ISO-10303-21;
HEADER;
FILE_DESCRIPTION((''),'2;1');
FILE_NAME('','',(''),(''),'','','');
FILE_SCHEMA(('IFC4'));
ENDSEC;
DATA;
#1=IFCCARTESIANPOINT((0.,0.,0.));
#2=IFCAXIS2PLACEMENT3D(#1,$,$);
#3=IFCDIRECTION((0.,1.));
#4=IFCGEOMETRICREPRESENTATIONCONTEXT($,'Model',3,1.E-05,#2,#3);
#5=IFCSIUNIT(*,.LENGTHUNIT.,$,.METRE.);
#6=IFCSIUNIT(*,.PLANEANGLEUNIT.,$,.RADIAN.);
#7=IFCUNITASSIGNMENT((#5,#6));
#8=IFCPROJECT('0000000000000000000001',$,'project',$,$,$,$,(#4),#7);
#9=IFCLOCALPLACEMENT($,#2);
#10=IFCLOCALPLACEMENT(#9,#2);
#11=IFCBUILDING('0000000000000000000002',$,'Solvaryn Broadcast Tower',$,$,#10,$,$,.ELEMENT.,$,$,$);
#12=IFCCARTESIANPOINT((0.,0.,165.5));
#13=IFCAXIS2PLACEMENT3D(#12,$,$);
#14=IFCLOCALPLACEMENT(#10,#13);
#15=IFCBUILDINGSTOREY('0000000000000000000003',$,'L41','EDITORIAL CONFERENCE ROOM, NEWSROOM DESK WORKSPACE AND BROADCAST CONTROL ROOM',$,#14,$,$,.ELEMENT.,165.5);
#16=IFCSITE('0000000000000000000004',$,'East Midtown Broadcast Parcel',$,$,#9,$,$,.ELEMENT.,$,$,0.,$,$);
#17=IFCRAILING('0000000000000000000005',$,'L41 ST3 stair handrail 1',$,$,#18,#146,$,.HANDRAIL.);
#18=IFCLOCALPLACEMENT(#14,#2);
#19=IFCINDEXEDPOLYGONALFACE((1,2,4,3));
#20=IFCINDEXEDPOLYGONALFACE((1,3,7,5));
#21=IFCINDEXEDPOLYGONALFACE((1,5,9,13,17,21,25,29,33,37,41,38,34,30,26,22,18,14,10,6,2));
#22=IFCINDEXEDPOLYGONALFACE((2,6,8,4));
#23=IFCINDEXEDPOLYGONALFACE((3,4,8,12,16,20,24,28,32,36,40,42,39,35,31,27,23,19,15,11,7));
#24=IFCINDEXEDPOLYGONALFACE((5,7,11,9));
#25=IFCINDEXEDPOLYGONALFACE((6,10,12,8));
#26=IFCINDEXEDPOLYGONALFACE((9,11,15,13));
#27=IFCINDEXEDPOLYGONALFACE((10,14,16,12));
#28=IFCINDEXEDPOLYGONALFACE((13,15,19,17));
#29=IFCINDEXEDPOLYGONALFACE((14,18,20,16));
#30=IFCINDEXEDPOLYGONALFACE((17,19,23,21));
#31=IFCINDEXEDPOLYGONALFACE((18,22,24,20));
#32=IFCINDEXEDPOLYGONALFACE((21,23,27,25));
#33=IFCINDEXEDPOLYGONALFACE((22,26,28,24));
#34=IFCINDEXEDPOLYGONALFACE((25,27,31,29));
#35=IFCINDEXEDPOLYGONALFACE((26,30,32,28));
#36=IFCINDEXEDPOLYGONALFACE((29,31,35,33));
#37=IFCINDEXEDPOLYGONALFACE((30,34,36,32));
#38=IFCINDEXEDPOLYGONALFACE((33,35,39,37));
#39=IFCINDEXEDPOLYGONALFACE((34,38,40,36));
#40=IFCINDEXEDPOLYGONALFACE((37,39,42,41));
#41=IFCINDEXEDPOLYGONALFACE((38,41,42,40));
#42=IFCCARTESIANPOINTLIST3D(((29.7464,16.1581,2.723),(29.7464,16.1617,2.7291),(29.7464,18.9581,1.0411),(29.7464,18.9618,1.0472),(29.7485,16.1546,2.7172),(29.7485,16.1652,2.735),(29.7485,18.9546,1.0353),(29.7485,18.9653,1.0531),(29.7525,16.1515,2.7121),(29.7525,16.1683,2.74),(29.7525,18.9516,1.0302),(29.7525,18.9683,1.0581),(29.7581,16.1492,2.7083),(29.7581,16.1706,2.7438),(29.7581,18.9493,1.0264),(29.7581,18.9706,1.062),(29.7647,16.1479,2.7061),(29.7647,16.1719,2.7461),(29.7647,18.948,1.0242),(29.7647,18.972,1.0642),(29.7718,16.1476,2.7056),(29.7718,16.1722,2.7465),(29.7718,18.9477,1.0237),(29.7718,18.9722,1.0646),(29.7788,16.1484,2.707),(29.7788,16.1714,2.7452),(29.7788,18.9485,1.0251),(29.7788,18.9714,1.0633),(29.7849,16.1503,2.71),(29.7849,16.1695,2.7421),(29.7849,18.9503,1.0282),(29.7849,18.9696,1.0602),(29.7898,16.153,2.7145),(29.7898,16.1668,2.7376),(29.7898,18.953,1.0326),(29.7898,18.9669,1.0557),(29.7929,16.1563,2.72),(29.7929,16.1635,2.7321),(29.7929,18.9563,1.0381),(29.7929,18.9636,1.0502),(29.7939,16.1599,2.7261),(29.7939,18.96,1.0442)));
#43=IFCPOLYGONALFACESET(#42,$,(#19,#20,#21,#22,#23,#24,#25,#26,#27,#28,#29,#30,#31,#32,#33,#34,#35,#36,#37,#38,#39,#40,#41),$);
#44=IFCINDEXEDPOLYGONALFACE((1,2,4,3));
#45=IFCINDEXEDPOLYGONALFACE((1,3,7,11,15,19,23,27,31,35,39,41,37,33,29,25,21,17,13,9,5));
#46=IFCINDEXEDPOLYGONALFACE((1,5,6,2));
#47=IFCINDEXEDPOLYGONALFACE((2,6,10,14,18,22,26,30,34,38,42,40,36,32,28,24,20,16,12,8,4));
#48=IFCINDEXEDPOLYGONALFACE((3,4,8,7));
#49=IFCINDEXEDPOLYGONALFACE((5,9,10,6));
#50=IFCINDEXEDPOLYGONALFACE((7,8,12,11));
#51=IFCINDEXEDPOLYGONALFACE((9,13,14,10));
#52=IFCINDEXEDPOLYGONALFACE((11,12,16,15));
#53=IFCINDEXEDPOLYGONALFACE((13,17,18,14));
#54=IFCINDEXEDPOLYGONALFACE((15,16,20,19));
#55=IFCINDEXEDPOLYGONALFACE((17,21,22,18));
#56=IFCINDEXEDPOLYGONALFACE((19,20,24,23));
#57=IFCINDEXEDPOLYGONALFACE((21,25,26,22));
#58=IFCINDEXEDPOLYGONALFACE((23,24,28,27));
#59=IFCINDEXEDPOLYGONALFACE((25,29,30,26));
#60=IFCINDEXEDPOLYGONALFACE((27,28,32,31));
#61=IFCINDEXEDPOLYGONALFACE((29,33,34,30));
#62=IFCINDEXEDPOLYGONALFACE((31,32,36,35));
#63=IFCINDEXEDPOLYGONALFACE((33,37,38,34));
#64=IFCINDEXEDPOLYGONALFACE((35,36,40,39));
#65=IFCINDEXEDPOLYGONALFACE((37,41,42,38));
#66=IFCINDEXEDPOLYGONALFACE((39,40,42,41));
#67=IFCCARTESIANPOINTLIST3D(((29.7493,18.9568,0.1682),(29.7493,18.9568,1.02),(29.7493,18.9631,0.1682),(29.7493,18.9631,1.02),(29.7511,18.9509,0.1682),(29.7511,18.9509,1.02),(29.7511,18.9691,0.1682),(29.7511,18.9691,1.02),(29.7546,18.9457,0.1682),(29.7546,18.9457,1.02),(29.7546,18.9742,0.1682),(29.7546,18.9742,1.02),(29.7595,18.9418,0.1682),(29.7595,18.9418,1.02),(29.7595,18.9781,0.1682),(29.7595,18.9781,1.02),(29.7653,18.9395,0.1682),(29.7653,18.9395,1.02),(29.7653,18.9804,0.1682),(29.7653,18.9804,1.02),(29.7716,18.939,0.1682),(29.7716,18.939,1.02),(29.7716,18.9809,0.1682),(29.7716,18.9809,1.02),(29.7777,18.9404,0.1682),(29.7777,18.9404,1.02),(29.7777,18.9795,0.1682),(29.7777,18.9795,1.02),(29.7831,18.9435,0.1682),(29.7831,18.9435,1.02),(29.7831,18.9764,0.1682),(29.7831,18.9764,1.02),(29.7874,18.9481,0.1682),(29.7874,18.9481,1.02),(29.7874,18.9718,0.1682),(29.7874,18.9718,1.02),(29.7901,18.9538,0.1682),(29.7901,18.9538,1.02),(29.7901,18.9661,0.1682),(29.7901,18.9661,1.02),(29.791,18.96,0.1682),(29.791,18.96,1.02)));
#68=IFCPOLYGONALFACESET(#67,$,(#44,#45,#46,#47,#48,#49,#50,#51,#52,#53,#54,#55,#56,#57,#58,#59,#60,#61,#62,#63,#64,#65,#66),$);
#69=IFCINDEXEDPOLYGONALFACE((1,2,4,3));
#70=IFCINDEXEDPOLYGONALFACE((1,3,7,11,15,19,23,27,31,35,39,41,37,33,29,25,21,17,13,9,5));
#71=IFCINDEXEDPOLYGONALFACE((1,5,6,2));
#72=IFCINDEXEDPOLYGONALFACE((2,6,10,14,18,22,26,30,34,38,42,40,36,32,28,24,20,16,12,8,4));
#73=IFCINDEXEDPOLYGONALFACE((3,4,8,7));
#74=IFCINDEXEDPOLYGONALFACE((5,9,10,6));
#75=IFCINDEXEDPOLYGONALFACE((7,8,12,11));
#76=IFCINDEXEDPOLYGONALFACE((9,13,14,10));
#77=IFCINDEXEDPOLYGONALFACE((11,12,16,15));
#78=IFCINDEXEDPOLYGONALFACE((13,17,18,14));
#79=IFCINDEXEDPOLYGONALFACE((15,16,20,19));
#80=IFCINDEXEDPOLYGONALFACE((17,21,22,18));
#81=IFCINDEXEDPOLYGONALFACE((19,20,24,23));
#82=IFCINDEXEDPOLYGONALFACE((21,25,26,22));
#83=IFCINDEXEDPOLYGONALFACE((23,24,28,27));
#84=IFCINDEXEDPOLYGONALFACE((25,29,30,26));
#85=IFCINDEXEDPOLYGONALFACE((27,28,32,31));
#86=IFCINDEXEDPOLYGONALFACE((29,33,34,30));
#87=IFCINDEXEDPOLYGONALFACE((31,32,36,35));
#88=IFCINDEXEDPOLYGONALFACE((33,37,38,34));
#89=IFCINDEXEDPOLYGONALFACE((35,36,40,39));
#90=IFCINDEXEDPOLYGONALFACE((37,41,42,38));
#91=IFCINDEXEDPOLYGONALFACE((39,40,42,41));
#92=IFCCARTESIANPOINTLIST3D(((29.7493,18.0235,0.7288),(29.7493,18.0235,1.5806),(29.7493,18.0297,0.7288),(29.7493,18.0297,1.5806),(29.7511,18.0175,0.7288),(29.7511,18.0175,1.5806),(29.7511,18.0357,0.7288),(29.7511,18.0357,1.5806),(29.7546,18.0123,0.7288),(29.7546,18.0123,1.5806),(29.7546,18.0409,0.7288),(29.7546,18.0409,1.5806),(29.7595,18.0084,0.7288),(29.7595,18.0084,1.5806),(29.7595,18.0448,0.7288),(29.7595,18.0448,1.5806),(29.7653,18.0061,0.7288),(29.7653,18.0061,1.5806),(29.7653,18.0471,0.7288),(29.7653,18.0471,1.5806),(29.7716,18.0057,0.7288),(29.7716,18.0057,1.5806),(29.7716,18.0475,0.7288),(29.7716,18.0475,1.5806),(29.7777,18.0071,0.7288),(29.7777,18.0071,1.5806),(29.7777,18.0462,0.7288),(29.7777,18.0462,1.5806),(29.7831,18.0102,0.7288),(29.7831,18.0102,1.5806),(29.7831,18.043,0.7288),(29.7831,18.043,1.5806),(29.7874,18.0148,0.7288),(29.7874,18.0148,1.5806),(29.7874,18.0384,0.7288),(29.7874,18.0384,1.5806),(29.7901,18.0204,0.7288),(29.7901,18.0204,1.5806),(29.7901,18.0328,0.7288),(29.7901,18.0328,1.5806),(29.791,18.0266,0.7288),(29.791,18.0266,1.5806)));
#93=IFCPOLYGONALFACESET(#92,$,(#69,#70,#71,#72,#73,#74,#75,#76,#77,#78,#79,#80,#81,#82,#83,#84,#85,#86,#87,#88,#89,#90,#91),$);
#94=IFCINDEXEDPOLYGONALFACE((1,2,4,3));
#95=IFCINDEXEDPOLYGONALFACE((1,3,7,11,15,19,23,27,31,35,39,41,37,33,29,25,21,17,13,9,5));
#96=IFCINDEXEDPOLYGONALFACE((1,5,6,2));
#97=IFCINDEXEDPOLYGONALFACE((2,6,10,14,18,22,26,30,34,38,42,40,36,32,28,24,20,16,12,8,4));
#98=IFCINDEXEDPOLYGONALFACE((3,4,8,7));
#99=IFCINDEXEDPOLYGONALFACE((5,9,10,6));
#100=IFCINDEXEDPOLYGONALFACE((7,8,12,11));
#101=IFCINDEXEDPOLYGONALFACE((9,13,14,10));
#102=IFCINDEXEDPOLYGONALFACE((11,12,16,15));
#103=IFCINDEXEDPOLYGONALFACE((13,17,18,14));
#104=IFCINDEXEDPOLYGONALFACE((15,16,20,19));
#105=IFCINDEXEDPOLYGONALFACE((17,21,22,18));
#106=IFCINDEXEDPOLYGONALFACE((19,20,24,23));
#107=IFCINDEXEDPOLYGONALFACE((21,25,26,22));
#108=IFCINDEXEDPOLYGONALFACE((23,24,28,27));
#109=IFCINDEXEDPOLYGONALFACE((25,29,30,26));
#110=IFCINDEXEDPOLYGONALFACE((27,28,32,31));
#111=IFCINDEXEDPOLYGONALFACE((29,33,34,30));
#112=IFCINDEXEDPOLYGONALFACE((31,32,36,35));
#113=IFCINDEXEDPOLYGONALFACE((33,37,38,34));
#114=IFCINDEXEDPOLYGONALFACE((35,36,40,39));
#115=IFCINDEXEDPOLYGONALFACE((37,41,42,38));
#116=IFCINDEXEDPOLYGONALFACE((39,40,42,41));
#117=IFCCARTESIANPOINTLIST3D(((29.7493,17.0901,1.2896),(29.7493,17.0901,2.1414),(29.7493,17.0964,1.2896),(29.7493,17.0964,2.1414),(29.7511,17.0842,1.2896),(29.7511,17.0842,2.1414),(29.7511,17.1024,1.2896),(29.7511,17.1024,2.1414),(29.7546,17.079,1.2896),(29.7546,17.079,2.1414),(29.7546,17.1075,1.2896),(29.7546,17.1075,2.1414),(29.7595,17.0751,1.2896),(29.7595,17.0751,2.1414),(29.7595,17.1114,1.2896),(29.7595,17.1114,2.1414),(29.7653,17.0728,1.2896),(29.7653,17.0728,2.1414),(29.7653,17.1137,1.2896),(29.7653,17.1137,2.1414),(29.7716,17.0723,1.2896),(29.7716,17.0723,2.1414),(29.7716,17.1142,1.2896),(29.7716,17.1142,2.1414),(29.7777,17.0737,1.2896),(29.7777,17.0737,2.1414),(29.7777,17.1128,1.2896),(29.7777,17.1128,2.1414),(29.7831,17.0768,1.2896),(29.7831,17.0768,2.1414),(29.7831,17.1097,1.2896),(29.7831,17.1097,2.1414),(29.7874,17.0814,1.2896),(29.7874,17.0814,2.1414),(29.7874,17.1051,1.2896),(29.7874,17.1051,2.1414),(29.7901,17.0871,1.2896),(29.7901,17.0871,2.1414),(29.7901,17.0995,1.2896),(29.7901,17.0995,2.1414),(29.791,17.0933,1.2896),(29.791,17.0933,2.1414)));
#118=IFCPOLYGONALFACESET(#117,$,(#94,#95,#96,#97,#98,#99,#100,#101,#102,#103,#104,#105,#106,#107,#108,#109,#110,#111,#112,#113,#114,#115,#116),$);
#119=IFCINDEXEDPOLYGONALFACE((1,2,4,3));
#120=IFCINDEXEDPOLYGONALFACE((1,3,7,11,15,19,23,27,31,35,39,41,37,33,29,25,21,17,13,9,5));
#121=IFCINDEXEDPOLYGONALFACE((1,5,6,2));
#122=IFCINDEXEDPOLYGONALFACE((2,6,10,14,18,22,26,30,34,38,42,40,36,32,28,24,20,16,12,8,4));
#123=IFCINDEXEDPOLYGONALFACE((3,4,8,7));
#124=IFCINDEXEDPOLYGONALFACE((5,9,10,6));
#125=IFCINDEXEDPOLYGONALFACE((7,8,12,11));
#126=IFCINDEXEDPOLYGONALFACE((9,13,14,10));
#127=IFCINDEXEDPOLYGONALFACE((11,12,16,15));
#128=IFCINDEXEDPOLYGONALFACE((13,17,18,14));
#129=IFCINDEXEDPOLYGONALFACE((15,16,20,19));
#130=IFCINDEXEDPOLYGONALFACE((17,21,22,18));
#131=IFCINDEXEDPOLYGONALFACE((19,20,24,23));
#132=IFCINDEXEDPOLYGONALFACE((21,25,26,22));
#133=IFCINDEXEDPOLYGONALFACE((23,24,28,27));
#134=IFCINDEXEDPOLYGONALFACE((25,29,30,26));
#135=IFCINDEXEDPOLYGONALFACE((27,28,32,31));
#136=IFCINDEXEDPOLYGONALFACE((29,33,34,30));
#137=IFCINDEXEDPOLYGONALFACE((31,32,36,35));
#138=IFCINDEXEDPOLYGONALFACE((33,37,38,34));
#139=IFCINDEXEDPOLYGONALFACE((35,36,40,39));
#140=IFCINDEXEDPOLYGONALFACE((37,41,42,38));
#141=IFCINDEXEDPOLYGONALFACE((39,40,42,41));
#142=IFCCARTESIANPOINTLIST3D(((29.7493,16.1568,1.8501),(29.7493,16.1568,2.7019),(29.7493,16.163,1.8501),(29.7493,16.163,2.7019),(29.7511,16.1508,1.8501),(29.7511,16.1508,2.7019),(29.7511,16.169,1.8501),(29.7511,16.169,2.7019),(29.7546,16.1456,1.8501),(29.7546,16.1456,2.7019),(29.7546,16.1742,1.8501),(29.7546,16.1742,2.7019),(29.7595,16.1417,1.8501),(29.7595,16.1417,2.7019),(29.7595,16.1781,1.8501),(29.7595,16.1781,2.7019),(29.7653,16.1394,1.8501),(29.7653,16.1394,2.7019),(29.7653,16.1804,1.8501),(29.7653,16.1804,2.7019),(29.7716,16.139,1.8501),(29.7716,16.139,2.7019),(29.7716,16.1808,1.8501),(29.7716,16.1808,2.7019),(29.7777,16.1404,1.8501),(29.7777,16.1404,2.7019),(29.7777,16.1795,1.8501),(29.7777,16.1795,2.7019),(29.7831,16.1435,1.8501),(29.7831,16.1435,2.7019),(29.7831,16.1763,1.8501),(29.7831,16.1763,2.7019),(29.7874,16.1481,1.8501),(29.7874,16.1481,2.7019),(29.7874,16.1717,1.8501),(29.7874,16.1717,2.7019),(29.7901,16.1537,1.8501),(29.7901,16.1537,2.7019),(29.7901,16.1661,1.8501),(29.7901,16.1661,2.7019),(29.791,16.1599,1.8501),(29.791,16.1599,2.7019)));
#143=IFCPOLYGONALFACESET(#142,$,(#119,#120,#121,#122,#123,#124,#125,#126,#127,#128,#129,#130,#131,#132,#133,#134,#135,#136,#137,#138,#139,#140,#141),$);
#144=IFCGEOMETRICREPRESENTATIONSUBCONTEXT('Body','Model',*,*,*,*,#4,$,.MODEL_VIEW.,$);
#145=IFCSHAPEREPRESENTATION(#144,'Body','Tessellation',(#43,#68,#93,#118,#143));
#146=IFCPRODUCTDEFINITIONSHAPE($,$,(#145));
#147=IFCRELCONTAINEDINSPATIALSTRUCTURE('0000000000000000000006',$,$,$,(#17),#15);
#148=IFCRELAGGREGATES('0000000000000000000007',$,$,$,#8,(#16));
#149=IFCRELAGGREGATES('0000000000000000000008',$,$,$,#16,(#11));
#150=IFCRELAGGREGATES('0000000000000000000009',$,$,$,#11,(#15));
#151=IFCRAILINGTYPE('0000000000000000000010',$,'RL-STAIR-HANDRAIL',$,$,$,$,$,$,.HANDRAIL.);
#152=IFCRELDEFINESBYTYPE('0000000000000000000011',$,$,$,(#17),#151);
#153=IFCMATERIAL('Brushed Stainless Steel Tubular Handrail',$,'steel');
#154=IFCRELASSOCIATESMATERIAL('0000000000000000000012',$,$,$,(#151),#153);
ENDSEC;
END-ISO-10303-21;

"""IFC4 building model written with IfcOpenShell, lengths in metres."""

from ifc_helpers import new_model, si_unit, direction, frame, origin, origin_2d, place, context, subcontext, project, spatial, circle, extrude, material, type_object, element, save


model = new_model("IFC4")

# Units and contexts
model_context = context("Model", 3, precision=1e-05, world=origin(), true_north=direction((0.0, 1.0)))
body_context = subcontext(model_context, "Body", "Model", "MODEL_VIEW")
ifc_project = project(units=[si_unit("LENGTHUNIT", "METRE"), si_unit("PLANEANGLEUNIT", "RADIAN")], contexts=[model_context])

# Site, building, storey
site_placement = place(None, origin())
site = spatial("IfcSite", under=ifc_project, at=site_placement, Name="East Midtown Broadcast Parcel", CompositionType="ELEMENT", RefElevation=0.0)
building_placement = place(site_placement, origin())
building = spatial("IfcBuilding", under=site, at=building_placement, Name="Solvaryn Broadcast Tower", CompositionType="ELEMENT")
storey_placement = place(building_placement, frame((0.0, 0.0, 165.5)))
storey = spatial("IfcBuildingStorey", under=building, at=storey_placement, Name="L41", Description="EDITORIAL CONFERENCE ROOM, NEWSROOM DESK WORKSPACE AND BROADCAST CONTROL ROOM", CompositionType="ELEMENT", Elevation=165.5)

# Railing
ifc_material_1 = material(Name="Brushed Stainless Steel Tubular Handrail", Category="steel")
railing_type_1 = type_object("IfcRailingType", Name="RL-STAIR-HANDRAIL", PredefinedType="HANDRAIL", material=ifc_material_1)
railing_1_placement = place(storey_placement, frame((29.77, 18.96, 0.1682)))
element("IfcRailing", 1, at=railing_1_placement, inside=storey, type_object=railing_type_1, Name="L41 ST3 stair handrail 1", PredefinedType="HANDRAIL", context=body_context, shape_type="SweptSolid", body=[
    extrude(circle(Radius=0.0239, at=origin_2d()), frame((0.0, 0.0, 0.876), z_axis=(0.0, -0.857242, 0.514913), x_axis=(1.0, 0.0, 0.0)), (0.0, 0.0, 1.0), 3.2664),
    extrude(circle(Radius=0.021, at=origin_2d()), origin(), (0.0, 0.0, 1.0), 0.8518),
    extrude(circle(Radius=0.021, at=origin_2d()), frame((0.0, -0.9333, 0.5605)), (0.0, 0.0, 1.0), 0.8518),
    extrude(circle(Radius=0.021, at=origin_2d()), frame((0.0, -1.8667, 1.1213)), (0.0, 0.0, 1.0), 0.8518),
    extrude(circle(Radius=0.021, at=origin_2d()), frame((0.0, -2.8, 1.6819)), (0.0, 0.0, 1.0), 0.8518),
])

save(model, "model.ifc")
